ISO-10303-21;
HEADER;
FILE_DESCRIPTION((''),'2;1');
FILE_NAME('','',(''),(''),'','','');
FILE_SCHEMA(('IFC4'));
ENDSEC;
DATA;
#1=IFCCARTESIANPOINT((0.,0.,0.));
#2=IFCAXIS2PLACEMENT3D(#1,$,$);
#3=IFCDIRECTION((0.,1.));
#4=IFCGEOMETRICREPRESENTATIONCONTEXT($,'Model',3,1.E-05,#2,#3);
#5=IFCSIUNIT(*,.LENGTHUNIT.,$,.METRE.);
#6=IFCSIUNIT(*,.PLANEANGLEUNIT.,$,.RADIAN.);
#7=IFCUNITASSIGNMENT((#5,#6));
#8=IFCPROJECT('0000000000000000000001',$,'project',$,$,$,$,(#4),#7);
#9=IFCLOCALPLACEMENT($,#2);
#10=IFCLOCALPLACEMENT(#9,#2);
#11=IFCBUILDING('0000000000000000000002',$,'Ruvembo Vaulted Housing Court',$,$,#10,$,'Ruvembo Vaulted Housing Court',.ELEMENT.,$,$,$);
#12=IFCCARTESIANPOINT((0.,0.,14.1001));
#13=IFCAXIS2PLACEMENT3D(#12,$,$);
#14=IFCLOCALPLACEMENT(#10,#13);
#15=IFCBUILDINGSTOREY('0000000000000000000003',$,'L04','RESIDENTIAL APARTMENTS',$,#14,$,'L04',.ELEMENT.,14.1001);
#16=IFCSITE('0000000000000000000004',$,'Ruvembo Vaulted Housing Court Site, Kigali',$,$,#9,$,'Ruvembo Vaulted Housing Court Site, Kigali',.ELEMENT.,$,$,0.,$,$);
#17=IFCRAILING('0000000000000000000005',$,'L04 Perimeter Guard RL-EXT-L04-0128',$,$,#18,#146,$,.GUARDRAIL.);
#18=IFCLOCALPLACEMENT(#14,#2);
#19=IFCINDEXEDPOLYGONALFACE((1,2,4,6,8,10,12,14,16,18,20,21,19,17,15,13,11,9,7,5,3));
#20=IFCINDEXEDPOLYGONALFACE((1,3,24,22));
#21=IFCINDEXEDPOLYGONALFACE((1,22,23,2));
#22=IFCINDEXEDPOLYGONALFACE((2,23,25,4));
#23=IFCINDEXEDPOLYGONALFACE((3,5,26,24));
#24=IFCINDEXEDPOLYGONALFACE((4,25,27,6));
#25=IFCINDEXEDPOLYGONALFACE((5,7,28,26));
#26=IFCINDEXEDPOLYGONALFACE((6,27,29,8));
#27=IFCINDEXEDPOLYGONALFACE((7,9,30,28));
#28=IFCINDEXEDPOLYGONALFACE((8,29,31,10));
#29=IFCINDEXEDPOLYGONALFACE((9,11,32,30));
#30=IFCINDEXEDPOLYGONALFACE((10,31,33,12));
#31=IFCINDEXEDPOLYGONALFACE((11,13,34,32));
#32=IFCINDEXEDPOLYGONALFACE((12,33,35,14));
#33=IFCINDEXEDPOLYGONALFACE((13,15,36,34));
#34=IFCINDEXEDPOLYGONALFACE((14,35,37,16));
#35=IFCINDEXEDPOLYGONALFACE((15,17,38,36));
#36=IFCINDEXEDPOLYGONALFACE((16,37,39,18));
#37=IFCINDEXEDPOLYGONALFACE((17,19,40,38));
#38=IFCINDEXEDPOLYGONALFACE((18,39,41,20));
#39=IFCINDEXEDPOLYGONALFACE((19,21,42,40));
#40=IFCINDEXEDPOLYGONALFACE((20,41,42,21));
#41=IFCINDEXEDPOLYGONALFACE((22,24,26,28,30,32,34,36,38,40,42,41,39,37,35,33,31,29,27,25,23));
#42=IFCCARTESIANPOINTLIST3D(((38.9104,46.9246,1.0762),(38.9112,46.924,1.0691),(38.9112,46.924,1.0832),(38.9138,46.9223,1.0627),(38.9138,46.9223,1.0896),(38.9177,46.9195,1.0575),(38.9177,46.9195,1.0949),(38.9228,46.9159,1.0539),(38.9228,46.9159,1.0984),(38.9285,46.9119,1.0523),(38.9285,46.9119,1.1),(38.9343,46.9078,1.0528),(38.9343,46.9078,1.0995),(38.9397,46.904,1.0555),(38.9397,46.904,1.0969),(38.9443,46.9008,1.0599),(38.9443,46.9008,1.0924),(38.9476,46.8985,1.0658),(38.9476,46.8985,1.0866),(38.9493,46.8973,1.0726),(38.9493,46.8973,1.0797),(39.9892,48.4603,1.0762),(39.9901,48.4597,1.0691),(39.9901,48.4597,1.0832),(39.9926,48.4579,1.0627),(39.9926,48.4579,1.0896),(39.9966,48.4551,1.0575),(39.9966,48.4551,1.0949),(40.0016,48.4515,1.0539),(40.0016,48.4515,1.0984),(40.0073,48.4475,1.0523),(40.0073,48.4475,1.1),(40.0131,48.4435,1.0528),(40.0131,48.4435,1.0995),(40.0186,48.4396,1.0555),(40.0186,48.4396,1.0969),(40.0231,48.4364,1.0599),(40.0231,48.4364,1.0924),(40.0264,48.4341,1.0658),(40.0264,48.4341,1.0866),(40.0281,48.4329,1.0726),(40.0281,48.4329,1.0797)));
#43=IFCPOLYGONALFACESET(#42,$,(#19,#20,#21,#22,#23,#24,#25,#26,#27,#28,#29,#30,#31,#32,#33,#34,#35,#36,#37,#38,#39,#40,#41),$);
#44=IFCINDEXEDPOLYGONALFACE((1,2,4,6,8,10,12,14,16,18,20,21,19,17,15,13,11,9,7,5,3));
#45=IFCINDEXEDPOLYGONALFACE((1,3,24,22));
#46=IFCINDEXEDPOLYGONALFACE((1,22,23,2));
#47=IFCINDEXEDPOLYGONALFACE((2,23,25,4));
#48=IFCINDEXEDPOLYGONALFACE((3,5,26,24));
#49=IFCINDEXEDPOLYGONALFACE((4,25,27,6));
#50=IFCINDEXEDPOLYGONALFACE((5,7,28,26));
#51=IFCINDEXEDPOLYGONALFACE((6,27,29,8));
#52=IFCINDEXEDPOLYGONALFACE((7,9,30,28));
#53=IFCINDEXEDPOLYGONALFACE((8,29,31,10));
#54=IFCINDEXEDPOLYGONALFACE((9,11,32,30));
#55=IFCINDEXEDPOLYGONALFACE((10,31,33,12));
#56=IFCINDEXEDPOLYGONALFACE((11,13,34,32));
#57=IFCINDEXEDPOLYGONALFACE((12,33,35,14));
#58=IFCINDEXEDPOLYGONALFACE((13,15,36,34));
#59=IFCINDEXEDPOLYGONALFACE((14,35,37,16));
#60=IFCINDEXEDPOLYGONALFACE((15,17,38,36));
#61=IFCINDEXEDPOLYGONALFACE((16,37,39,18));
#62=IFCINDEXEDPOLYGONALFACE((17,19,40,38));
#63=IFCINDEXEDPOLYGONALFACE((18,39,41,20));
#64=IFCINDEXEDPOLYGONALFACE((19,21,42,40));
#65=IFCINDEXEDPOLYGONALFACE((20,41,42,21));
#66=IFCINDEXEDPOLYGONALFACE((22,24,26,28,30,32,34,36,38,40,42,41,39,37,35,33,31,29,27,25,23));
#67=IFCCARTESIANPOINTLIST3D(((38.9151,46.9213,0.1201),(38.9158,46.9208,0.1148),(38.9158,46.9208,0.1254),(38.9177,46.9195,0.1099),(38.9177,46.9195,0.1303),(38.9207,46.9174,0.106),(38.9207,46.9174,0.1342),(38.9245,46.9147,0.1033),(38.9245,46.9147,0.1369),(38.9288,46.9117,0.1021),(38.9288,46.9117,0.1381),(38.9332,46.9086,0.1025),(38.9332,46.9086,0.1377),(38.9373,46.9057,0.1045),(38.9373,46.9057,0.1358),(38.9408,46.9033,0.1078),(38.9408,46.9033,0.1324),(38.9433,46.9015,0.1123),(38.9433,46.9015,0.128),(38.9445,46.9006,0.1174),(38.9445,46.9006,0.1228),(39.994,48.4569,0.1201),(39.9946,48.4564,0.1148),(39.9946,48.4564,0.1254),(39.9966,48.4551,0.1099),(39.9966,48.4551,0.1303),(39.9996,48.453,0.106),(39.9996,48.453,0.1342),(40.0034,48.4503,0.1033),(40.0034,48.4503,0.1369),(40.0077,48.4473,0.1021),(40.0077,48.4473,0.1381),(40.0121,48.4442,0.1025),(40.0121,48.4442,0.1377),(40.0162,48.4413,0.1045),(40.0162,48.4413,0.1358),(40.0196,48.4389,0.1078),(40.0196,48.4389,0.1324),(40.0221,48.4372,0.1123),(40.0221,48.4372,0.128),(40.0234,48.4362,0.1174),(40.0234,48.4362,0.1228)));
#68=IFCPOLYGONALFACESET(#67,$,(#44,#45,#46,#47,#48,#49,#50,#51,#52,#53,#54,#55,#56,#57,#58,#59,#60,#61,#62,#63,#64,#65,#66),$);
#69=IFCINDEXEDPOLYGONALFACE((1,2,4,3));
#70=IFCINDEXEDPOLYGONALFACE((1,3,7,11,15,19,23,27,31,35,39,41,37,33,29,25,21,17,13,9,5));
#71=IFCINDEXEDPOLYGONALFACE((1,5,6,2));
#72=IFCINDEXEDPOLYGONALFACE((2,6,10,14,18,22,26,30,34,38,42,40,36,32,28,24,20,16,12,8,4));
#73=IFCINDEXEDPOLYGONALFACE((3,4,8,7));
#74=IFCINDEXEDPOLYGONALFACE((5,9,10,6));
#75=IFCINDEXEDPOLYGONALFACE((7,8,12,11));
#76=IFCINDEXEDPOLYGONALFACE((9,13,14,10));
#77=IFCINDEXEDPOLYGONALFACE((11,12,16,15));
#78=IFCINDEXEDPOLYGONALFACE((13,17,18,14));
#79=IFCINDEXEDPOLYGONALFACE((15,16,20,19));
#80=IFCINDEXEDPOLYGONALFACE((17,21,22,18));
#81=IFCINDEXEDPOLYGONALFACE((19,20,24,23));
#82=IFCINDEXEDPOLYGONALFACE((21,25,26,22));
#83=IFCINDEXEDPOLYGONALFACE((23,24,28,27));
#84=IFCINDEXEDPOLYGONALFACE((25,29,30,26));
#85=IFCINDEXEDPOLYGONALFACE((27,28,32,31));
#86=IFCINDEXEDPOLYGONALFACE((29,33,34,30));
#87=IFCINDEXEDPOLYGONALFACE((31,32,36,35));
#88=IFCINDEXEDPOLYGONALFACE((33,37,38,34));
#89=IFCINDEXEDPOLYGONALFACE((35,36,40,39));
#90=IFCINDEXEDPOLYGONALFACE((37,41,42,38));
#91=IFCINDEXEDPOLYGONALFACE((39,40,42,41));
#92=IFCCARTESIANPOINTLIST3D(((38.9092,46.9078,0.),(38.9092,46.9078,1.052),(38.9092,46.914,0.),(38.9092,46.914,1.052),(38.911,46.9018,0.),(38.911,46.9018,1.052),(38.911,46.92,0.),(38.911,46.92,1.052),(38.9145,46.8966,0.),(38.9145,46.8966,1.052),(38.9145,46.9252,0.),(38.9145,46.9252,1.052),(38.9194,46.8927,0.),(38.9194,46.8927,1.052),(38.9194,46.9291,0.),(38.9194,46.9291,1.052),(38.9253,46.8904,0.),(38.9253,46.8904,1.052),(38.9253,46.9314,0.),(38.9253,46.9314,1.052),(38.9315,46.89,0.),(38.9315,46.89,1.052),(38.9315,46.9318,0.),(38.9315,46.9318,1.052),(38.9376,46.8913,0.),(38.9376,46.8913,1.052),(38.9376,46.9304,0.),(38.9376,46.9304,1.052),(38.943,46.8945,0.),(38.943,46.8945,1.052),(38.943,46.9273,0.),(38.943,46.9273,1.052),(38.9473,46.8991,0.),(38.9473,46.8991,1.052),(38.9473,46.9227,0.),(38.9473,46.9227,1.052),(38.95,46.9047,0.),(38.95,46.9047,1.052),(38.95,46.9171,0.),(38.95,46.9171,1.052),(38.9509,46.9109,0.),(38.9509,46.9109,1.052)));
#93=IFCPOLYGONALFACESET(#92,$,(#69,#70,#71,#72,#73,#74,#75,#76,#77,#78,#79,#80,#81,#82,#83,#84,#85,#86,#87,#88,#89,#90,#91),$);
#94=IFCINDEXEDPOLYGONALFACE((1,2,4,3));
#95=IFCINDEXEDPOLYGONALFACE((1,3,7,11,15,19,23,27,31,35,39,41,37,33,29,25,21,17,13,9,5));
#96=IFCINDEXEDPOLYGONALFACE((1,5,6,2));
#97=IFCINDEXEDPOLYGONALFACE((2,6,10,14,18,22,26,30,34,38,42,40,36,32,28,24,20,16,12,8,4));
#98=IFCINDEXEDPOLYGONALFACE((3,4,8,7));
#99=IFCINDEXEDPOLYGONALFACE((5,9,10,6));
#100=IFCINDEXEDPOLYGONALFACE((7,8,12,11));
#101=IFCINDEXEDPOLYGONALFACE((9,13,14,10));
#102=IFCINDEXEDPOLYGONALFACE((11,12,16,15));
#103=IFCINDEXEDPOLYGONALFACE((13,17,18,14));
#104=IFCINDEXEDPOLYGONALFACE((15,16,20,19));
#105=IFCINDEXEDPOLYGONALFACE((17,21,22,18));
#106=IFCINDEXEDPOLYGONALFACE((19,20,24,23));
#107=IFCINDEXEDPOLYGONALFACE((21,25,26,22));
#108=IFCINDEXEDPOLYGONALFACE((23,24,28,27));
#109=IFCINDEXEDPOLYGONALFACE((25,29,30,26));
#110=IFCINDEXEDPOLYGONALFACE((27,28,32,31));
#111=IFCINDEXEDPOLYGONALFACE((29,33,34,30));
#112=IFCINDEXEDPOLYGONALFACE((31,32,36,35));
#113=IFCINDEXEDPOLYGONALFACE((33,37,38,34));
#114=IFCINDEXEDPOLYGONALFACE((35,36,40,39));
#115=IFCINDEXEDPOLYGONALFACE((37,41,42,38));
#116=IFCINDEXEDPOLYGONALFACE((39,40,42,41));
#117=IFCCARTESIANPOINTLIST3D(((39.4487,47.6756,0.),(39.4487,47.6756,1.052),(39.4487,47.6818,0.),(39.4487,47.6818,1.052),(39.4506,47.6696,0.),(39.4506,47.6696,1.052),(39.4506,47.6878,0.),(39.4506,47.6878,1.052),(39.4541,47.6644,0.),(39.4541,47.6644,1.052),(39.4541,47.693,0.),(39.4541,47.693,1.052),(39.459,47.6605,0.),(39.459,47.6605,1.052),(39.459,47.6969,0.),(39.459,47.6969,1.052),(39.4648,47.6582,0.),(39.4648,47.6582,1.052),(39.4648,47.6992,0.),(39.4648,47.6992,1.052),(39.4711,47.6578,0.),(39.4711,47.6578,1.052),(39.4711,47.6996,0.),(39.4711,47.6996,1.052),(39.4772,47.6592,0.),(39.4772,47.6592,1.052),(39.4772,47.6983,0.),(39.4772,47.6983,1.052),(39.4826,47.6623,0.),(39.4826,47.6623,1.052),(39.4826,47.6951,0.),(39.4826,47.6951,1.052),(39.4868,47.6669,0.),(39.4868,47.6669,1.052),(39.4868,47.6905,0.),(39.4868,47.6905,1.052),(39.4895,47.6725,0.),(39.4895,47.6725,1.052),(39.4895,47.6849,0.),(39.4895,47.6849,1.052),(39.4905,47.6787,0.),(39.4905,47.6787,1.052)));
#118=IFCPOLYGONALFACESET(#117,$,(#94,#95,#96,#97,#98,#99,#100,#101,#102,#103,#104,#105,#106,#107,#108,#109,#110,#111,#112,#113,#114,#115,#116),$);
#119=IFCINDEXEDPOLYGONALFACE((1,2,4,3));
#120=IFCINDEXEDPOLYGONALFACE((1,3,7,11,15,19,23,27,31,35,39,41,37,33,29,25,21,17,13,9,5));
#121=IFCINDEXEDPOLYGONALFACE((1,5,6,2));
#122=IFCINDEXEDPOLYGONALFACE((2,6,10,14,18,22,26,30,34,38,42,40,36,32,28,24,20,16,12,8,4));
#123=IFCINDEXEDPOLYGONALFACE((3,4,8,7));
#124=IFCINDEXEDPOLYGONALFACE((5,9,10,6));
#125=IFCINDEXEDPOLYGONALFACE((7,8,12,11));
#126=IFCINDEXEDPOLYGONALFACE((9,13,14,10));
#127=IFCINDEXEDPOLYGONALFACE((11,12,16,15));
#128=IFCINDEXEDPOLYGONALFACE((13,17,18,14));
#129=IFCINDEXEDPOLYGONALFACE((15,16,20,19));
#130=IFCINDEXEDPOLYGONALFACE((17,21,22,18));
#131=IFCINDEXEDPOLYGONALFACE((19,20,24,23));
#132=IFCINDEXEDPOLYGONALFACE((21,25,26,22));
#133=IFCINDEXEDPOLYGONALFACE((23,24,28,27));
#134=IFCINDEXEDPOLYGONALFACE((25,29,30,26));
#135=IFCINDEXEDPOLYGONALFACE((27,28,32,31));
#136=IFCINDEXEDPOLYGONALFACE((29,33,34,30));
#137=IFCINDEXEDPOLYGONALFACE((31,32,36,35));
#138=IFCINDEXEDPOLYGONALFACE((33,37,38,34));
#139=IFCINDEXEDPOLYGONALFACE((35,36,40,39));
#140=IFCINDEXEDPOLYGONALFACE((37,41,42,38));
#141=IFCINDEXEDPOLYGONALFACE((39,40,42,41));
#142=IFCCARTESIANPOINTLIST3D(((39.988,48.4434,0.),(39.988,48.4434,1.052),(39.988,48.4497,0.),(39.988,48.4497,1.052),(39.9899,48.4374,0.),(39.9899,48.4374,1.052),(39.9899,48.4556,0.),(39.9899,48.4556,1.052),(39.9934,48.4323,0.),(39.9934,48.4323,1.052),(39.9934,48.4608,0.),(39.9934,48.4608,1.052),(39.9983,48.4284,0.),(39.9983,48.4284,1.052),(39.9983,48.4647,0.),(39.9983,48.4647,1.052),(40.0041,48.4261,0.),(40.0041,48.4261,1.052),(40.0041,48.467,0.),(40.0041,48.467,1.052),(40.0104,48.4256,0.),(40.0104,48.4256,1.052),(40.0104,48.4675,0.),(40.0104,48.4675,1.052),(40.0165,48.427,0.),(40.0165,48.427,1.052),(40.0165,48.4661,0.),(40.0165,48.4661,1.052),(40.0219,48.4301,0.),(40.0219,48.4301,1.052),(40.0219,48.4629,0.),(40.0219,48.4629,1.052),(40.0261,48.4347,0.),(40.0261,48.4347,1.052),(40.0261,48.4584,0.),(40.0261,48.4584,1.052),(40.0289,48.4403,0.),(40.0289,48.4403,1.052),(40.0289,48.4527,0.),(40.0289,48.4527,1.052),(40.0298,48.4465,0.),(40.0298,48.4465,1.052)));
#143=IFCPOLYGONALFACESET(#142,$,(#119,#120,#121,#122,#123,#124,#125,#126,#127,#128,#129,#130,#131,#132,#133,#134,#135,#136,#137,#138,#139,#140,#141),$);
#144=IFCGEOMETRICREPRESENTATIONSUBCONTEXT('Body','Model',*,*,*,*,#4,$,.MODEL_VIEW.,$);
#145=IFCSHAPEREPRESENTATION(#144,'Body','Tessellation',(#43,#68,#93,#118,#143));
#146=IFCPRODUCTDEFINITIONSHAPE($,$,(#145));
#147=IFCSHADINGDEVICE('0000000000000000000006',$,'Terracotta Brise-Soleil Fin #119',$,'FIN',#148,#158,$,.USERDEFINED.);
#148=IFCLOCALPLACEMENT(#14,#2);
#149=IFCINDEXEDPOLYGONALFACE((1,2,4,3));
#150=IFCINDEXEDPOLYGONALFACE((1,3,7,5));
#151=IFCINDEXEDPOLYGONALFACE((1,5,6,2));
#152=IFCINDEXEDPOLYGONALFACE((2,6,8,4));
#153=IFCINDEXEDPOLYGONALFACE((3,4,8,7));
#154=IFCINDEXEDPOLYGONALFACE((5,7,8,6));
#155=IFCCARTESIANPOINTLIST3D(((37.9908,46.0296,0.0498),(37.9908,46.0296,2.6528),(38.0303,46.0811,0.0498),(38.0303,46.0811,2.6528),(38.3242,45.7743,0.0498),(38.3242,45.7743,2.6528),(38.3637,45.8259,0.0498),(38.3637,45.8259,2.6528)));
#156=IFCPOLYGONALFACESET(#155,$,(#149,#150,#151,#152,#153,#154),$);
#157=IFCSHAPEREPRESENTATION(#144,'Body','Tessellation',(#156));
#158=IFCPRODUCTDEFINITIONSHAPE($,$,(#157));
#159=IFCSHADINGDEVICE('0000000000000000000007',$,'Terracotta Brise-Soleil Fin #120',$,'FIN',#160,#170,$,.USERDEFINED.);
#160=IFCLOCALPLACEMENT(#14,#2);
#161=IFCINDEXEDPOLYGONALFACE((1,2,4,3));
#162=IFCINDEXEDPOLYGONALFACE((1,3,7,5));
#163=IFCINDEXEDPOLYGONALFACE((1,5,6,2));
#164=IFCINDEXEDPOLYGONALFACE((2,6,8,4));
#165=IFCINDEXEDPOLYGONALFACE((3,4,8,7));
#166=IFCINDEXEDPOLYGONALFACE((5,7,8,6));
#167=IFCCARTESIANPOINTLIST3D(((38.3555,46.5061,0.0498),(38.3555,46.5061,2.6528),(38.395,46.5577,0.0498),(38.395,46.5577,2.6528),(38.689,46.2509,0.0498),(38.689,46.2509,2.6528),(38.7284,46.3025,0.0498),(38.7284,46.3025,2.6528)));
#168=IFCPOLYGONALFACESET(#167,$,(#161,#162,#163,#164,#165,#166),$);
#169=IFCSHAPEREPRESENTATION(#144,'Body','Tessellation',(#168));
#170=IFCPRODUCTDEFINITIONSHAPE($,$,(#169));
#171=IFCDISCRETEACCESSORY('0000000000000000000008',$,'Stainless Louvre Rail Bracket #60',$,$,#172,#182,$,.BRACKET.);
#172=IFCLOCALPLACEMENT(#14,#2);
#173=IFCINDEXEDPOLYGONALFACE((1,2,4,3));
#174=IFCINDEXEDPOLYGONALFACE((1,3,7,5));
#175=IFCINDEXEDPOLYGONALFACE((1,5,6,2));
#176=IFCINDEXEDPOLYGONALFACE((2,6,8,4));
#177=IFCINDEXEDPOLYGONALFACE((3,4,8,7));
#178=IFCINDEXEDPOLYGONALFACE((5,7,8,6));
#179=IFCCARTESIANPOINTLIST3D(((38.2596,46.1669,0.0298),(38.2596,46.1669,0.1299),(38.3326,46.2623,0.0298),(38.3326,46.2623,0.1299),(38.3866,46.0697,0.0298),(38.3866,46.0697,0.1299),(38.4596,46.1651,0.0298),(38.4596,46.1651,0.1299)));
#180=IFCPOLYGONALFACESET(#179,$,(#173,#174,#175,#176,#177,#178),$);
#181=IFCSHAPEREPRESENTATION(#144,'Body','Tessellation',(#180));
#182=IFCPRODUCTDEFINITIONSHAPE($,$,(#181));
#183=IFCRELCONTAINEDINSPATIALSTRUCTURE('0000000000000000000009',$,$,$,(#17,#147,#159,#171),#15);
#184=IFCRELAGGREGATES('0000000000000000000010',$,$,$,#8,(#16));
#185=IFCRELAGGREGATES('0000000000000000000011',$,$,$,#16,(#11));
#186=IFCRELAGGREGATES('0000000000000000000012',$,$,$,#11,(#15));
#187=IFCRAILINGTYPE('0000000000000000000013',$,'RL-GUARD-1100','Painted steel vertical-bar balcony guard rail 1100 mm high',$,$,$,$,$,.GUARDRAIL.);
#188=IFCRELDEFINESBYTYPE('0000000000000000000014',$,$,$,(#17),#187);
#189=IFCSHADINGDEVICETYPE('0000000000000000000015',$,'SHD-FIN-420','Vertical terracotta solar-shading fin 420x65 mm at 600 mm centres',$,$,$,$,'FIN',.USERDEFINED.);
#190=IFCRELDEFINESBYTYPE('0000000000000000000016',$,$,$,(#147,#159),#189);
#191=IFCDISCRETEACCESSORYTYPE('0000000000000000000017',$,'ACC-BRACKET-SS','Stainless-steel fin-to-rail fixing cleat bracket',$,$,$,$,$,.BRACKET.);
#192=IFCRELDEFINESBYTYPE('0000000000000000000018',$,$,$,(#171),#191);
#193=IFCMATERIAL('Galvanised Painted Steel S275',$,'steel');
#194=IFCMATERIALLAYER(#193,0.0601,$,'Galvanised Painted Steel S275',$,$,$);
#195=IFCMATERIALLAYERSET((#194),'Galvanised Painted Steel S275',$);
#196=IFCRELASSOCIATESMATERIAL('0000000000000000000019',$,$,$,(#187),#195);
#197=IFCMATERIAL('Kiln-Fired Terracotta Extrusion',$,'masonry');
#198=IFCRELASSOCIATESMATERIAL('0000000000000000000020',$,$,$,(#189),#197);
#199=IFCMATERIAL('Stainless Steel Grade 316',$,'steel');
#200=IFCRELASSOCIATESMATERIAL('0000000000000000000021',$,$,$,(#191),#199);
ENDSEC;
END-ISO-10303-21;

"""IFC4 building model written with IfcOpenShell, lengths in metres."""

from ifc_helpers import new_model, si_unit, direction, frame, origin, origin_2d, place, context, subcontext, project, spatial, rectangle, circle, extrude, material, layer, layer_set, type_object, element, save


model = new_model("IFC4")

# Units and contexts
model_context = context("Model", 3, precision=1e-05, world=origin(), true_north=direction((0.0, 1.0)))
body_context = subcontext(model_context, "Body", "Model", "MODEL_VIEW")
ifc_project = project(units=[si_unit("LENGTHUNIT", "METRE"), si_unit("PLANEANGLEUNIT", "RADIAN")], contexts=[model_context])

# Site, building, storey
site_placement = place(None, origin())
site = spatial("IfcSite", under=ifc_project, at=site_placement, Name="Ruvembo Vaulted Housing Court Site, Kigali", LongName="Ruvembo Vaulted Housing Court Site, Kigali", CompositionType="ELEMENT", RefElevation=0.0)
building_placement = place(site_placement, origin())
building = spatial("IfcBuilding", under=site, at=building_placement, Name="Ruvembo Vaulted Housing Court", LongName="Ruvembo Vaulted Housing Court", CompositionType="ELEMENT")
storey_placement = place(building_placement, frame((0.0, 0.0, 14.1001)))
storey = spatial("IfcBuildingStorey", under=building, at=storey_placement, Name="L04", Description="RESIDENTIAL APARTMENTS", LongName="L04", CompositionType="ELEMENT", Elevation=14.1001)

# Railing
ifc_material_1 = material(Name="Galvanised Painted Steel S275", Category="steel")
ifc_layer_1 = layer(ifc_material_1, 0.0601, Name="Galvanised Painted Steel S275")
ifc_layer_set_1 = layer_set([ifc_layer_1], Name="Galvanised Painted Steel S275")
railing_type = type_object("IfcRailingType", Name="RL-GUARD-1100", Description="Painted steel vertical-bar balcony guard rail 1100 mm high", PredefinedType="GUARDRAIL", material=ifc_layer_set_1)
railing_1_placement = place(storey_placement, frame((38.9299, 46.9109, 0.0)))
element("IfcRailing", 1, at=railing_1_placement, inside=storey, type_object=railing_type, Name="L04 Perimeter Guard RL-EXT-L04-0128", PredefinedType="GUARDRAIL", context=body_context, shape_type="SweptSolid", body=[
    extrude(circle(Radius=0.0239, at=origin_2d()), frame((0.0, 0.0, 1.0762), z_axis=(0.574858, 0.818253, 0.0), x_axis=(-0.818253, 0.574858, 0.0)), (0.0, 0.0, 1.0), 1.8767),
    extrude(circle(Radius=0.0181, at=origin_2d()), frame((0.0, 0.0, 0.1201), z_axis=(0.574858, 0.818253, 0.0), x_axis=(-0.818253, 0.574858, 0.0)), (0.0, 0.0, 1.0), 1.8767),
    extrude(circle(Radius=0.021, at=origin_2d()), origin(), (0.0, 0.0, 1.0), 1.052),
    extrude(circle(Radius=0.021, at=origin_2d()), frame((0.5396, 0.7678, 0.0)), (0.0, 0.0, 1.0), 1.052),
    extrude(circle(Radius=0.021, at=origin_2d()), frame((1.0789, 1.5356, 0.0)), (0.0, 0.0, 1.0), 1.052),
])

# Shading devices
ifc_material_2 = material(Name="Kiln-Fired Terracotta Extrusion", Category="masonry")
shading_device_type = type_object("IfcShadingDeviceType", Name="SHD-FIN-420", Description="Vertical terracotta solar-shading fin 420x65 mm at 600 mm centres", ElementType="FIN", PredefinedType="USERDEFINED", material=ifc_material_2)
for number, where, z_axis, x_axis, name in (
    (2, (38.1772, 45.9277, 0.0498), (0.0, 0.0, 1.0), (0.794043, -0.607861, 0.0), "Terracotta Brise-Soleil Fin #119"),
    (3, (38.542, 46.4043, 0.0498), (0.0, 0.0, 1.0), (0.794043, -0.607861, 0.0), "Terracotta Brise-Soleil Fin #120"),
):
    element("IfcShadingDevice", number, at=place(storey_placement, frame(where, z_axis=z_axis, x_axis=x_axis)), inside=storey, type_object=shading_device_type, Name=name, ObjectType="FIN", PredefinedType="USERDEFINED", context=body_context, shape_type="SweptSolid", body=[
        extrude(rectangle(XDim=0.4199, YDim=0.0649, at=origin_2d()), origin(), (0.0, 0.0, 1.0), 2.603),
    ])

# Discrete accessory
ifc_material_3 = material(Name="Stainless Steel Grade 316", Category="steel")
discrete_accessory_type = type_object("IfcDiscreteAccessoryType", Name="ACC-BRACKET-SS", Description="Stainless-steel fin-to-rail fixing cleat bracket", PredefinedType="BRACKET", material=ifc_material_3)
discrete_accessory_placement = place(storey_placement, frame((38.3596, 46.166, 0.0298), z_axis=(0.0, 0.0, 1.0), x_axis=(0.794043, -0.607861, 0.0)))
element("IfcDiscreteAccessory", 4, at=discrete_accessory_placement, inside=storey, type_object=discrete_accessory_type, Name="Stainless Louvre Rail Bracket #60", PredefinedType="BRACKET", context=body_context, shape_type="SweptSolid", body=[
    extrude(rectangle(XDim=0.1599, YDim=0.1201, at=origin_2d()), origin(), (0.0, 0.0, 1.0), 0.1001),
])

save(model, "model.ifc")
